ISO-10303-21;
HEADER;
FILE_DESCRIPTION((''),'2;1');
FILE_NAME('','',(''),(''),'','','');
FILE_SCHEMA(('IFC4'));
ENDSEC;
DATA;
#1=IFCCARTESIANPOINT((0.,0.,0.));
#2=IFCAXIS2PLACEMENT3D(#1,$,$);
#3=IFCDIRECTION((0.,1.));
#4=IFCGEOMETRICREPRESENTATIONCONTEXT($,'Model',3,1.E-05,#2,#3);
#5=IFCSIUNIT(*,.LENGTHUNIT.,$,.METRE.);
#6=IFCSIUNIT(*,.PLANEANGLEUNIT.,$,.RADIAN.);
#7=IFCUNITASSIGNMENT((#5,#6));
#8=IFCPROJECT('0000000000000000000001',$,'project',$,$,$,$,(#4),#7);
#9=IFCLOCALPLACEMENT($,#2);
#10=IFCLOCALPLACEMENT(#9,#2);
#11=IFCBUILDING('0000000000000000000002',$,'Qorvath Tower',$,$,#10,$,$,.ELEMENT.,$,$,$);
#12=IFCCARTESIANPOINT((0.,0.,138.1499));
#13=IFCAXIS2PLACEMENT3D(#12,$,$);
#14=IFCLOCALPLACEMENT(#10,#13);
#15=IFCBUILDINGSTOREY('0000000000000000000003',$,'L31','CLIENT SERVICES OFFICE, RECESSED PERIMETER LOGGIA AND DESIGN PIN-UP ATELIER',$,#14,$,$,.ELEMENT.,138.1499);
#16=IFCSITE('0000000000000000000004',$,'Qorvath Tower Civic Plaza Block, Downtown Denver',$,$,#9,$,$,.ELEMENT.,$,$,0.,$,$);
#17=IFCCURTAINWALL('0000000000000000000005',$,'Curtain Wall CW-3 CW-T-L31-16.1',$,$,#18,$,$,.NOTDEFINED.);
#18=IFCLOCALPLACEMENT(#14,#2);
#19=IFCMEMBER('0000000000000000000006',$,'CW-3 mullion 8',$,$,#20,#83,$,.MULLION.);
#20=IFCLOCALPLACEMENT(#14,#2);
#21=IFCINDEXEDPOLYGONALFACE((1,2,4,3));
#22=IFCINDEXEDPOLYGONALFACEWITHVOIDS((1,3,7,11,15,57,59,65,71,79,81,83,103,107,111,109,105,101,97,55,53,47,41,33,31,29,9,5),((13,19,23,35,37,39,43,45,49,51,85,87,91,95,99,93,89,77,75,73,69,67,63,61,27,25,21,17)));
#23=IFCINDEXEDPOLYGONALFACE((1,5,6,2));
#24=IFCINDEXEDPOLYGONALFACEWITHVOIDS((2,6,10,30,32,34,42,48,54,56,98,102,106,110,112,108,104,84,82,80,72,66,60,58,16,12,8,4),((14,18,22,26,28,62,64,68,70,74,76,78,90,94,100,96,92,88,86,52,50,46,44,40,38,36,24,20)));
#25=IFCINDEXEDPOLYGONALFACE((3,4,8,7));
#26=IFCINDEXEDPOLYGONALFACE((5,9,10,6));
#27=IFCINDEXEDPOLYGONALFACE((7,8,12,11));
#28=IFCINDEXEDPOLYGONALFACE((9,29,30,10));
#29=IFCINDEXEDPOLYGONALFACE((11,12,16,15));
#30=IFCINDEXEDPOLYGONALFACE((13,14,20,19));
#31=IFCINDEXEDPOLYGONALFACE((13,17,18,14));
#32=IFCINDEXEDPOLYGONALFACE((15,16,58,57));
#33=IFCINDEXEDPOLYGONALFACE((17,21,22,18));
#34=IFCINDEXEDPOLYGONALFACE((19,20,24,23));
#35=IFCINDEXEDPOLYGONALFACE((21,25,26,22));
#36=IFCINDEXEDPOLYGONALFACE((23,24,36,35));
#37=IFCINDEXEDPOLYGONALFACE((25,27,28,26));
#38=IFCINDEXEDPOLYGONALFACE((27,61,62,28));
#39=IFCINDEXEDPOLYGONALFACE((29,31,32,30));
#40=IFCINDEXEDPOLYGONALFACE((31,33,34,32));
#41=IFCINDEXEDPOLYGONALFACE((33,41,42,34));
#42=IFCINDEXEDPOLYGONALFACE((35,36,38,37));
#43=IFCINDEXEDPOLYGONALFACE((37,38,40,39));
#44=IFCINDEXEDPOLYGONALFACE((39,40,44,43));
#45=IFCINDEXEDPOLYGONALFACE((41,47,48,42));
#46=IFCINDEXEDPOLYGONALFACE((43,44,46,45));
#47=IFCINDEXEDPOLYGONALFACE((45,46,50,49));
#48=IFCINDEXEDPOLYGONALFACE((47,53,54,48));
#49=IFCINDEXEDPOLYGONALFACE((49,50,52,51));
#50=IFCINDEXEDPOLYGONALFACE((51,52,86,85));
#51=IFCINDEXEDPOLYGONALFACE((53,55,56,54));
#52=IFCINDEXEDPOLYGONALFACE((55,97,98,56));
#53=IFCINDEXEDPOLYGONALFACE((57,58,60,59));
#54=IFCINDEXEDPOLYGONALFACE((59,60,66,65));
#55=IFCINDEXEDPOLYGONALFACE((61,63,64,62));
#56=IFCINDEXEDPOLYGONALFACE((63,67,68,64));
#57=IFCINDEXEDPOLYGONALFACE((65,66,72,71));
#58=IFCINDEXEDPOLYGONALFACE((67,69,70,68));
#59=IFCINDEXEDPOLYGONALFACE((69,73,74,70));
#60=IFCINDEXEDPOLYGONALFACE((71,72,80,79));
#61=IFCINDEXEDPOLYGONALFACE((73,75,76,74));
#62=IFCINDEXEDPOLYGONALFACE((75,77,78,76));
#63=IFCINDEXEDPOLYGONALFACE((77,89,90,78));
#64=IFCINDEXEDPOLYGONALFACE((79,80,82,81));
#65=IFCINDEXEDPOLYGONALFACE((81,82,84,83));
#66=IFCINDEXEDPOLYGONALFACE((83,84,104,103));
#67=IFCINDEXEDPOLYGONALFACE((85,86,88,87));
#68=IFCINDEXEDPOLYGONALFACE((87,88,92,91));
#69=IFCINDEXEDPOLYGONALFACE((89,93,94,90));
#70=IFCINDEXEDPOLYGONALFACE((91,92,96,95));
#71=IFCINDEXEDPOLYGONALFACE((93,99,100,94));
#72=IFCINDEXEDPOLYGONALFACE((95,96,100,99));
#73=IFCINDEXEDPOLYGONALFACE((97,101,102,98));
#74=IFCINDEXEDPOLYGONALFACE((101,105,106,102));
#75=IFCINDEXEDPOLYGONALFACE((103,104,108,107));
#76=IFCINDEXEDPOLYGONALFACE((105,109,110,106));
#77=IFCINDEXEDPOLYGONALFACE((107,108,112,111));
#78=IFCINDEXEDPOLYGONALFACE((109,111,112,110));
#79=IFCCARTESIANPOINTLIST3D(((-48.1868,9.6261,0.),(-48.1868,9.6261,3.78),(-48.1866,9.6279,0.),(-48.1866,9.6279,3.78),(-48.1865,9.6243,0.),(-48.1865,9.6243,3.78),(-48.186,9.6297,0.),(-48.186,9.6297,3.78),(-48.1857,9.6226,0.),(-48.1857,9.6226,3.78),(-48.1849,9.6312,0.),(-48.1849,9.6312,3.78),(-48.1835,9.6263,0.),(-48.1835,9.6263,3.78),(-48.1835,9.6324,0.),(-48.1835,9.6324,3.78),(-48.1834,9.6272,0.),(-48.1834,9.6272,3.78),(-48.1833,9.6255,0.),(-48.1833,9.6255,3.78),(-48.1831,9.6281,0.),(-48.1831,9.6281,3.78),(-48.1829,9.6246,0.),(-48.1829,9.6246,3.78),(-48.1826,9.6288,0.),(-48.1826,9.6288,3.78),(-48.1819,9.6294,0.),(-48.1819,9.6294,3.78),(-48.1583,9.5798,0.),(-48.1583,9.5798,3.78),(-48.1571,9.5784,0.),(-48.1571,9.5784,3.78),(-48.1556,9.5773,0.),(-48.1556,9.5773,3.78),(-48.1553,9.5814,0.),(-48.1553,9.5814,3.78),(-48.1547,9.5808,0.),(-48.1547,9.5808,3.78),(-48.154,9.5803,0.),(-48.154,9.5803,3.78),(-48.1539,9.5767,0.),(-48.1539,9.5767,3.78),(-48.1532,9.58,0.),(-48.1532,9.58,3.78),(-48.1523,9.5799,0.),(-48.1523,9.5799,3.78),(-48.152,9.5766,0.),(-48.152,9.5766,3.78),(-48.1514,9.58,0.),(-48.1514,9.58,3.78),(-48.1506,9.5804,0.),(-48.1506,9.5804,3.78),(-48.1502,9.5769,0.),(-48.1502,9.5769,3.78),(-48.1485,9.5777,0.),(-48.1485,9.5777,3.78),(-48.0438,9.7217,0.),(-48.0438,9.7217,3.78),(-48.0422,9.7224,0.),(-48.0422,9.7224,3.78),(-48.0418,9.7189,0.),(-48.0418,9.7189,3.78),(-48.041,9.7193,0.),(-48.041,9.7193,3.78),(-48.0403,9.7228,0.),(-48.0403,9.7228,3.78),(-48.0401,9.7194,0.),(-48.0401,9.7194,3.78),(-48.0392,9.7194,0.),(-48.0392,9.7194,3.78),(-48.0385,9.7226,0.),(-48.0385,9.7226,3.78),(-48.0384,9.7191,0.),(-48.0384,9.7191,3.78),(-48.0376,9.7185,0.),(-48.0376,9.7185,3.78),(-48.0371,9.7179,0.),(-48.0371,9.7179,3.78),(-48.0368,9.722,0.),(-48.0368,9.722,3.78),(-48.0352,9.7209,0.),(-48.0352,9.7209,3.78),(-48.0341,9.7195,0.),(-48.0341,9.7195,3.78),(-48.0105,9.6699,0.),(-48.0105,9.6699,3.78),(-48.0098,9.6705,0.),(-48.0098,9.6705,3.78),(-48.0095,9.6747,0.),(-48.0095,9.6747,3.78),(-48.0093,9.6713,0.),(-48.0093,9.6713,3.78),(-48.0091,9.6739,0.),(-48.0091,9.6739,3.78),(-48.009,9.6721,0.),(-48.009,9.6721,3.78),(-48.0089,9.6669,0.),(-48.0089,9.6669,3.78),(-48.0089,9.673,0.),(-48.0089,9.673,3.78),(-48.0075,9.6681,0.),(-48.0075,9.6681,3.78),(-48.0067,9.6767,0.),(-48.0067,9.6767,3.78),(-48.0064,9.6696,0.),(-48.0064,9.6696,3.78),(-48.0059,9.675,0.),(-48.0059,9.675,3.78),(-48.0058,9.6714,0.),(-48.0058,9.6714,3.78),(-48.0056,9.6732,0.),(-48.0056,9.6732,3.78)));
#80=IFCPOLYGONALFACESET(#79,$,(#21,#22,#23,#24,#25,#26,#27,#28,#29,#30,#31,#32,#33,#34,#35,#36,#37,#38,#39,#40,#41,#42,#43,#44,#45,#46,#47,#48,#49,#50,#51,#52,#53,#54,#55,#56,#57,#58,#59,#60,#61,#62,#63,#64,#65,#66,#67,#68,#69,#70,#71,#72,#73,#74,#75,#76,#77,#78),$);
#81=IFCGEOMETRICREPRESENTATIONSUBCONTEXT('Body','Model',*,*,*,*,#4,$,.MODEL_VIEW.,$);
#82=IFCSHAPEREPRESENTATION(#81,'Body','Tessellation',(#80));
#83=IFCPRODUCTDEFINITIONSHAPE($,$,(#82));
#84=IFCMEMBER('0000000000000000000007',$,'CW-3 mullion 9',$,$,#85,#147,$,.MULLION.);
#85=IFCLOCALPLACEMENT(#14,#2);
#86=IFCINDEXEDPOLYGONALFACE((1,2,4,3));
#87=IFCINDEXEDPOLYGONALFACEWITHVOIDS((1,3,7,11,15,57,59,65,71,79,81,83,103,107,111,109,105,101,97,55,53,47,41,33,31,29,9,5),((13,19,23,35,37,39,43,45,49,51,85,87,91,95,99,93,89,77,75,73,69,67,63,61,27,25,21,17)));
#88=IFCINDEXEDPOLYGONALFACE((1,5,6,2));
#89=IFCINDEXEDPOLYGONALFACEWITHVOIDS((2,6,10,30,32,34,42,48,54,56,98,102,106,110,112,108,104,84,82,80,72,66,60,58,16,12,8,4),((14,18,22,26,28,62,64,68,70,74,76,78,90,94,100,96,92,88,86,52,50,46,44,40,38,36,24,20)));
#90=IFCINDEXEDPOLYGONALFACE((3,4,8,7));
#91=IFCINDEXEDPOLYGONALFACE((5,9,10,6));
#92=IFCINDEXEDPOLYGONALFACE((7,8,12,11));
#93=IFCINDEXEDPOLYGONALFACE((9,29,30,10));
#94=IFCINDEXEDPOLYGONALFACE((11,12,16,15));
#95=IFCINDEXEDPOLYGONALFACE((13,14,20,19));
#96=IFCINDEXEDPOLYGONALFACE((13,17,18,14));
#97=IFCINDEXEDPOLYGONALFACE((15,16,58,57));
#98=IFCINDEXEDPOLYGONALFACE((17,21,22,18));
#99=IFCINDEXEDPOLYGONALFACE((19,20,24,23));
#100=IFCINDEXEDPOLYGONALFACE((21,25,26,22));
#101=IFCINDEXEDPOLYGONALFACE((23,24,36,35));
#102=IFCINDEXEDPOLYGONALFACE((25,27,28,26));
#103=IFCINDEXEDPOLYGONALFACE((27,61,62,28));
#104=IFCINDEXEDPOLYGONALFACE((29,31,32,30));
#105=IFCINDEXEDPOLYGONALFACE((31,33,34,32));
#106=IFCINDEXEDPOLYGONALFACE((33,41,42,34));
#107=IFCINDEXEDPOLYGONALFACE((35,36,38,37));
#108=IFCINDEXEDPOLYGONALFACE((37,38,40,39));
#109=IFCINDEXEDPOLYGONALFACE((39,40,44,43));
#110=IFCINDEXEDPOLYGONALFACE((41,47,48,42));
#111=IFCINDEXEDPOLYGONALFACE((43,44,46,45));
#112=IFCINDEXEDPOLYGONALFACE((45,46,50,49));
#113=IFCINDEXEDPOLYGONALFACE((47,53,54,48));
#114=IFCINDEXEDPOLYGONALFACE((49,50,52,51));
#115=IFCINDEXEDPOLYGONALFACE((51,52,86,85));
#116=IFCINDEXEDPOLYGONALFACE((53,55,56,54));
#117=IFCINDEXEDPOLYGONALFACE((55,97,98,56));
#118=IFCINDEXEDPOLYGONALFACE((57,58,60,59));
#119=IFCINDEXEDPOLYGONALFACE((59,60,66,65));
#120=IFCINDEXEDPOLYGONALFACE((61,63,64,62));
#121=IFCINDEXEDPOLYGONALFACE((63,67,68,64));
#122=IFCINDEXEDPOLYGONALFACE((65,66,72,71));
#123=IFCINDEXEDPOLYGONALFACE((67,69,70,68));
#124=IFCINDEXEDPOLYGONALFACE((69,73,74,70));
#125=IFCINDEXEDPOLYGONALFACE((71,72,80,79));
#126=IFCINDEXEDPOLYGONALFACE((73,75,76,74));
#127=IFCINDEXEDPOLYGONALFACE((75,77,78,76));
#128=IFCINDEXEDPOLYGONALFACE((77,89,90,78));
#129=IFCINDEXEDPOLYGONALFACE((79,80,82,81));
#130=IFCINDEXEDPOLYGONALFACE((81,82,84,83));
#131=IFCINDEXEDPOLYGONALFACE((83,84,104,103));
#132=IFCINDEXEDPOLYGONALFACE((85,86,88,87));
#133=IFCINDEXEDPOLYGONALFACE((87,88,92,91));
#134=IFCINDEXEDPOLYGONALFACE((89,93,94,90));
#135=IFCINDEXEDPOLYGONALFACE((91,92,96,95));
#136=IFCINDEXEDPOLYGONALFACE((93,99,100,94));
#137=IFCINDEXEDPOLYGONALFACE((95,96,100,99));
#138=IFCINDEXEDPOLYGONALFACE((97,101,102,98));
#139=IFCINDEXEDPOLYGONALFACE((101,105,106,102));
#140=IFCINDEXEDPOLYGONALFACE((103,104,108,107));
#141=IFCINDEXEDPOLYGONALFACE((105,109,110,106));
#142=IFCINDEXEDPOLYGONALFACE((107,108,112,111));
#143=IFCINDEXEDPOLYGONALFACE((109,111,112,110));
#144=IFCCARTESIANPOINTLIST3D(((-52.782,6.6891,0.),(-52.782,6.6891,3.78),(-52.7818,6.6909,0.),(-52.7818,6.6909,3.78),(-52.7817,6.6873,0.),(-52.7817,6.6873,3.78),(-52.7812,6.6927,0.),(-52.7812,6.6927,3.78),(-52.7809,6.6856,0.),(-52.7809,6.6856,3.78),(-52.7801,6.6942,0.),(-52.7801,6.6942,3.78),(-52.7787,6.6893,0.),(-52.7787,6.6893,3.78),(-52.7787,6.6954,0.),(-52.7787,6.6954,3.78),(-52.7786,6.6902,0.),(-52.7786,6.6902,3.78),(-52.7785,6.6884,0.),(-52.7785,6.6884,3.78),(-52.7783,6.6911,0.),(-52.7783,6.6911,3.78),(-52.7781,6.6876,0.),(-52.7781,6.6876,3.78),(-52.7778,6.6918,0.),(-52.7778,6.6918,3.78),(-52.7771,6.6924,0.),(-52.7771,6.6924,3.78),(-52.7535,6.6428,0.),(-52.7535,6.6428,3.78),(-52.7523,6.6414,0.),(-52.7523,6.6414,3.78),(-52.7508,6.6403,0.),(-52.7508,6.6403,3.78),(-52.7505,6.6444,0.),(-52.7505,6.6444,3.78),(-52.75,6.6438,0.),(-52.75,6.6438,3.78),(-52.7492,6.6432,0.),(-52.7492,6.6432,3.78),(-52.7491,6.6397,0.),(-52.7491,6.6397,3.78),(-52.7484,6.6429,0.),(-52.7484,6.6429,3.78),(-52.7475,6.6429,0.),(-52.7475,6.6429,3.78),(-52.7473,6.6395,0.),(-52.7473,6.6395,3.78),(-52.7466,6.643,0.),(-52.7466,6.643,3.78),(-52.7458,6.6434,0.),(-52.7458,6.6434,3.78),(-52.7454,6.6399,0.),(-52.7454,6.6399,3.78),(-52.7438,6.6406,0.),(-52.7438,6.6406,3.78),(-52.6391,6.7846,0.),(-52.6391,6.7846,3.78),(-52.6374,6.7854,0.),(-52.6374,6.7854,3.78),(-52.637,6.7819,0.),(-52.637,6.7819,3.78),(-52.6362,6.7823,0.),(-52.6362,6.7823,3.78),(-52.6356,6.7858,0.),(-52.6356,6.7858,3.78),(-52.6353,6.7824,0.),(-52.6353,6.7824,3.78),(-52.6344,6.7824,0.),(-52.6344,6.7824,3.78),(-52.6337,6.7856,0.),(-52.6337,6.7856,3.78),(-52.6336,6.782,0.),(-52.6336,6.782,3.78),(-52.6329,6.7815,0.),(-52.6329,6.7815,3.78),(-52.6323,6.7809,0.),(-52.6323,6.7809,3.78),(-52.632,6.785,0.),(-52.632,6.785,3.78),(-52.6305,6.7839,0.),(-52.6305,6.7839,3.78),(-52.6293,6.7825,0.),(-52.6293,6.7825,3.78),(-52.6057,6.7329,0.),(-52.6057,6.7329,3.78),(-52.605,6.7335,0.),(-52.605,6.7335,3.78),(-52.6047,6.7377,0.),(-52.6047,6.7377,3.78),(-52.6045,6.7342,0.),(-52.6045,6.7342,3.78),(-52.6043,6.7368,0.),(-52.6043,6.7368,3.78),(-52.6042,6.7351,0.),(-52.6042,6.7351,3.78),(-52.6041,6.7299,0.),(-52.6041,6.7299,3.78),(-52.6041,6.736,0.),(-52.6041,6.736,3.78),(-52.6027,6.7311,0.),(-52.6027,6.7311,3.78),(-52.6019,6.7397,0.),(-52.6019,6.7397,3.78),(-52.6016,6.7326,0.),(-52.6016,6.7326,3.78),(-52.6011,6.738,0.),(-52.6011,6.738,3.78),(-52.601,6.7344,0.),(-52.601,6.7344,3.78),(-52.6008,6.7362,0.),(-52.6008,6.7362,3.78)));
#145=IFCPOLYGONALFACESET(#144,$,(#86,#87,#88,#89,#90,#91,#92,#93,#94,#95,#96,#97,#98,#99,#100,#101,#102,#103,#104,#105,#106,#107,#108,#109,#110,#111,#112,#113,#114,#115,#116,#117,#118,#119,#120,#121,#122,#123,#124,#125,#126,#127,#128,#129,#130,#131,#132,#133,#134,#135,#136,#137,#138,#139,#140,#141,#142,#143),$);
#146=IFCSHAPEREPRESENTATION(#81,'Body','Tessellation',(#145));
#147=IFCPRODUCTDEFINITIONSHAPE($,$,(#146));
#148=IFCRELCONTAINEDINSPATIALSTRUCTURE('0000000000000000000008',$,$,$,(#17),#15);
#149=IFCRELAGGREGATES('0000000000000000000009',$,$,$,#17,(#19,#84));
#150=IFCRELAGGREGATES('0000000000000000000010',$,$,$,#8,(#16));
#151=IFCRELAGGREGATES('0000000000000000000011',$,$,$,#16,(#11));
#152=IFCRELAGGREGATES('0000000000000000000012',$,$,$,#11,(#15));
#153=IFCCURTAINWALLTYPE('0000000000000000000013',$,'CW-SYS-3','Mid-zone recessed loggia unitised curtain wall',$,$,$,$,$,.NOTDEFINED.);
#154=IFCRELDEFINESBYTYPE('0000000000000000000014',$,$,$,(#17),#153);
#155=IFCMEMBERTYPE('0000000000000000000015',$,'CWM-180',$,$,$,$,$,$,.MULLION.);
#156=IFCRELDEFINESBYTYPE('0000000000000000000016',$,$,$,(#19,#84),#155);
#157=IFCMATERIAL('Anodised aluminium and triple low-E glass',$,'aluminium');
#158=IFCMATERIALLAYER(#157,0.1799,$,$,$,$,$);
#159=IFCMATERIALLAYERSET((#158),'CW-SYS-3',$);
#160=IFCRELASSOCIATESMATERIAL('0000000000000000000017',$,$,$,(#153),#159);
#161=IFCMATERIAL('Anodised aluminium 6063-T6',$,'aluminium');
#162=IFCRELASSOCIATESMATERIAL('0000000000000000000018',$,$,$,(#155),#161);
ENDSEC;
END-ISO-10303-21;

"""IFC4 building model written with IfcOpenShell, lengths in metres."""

from ifc_helpers import new_model, si_unit, direction, frame, origin, origin_2d, place, context, subcontext, project, spatial, hollow_rectangle, extrude, material, layer, layer_set, material_profile, profile_set, type_object, element, aggregate, save


model = new_model("IFC4")

# Units and contexts
model_context = context("Model", 3, precision=1e-05, world=origin(), true_north=direction((0.0, 1.0)))
body_context = subcontext(model_context, "Body", "Model", "MODEL_VIEW")
ifc_project = project(units=[si_unit("LENGTHUNIT", "METRE"), si_unit("PLANEANGLEUNIT", "RADIAN")], contexts=[model_context])

# Site, building, storey
site_placement = place(None, origin())
site = spatial("IfcSite", under=ifc_project, at=site_placement, Name="Qorvath Tower Civic Plaza Block, Downtown Denver", CompositionType="ELEMENT", RefElevation=0.0)
building_placement = place(site_placement, origin())
building = spatial("IfcBuilding", under=site, at=building_placement, Name="Qorvath Tower", CompositionType="ELEMENT")
storey_placement = place(building_placement, frame((0.0, 0.0, 138.1499)))
storey = spatial("IfcBuildingStorey", under=building, at=storey_placement, Name="L31", Description="CLIENT SERVICES OFFICE, RECESSED PERIMETER LOGGIA AND DESIGN PIN-UP ATELIER", CompositionType="ELEMENT", Elevation=138.1499)

# Curtain wall, members
ifc_material_1 = material(Name="Anodised aluminium and triple low-E glass", Category="aluminium")
ifc_layer_1 = layer(ifc_material_1, 0.1799)
ifc_layer_set_1 = layer_set([ifc_layer_1], Name="CW-SYS-3")
curtain_wall_type = type_object("IfcCurtainWallType", Name="CW-SYS-3", Description="Mid-zone recessed loggia unitised curtain wall", PredefinedType="NOTDEFINED", material=ifc_layer_set_1)
curtain_wall_placement = place(storey_placement, origin())
curtain_wall = element("IfcCurtainWall", 1, at=curtain_wall_placement, inside=storey, type_object=curtain_wall_type, Name="Curtain Wall CW-3 CW-T-L31-16.1", PredefinedType="NOTDEFINED")
ifc_material_2 = material(Name="Anodised aluminium 6063-T6", Category="aluminium")
ifc_material_profile_1 = material_profile(ifc_material_2, hollow_rectangle(XDim=0.0649, YDim=0.1799, WallThickness=0.0034, InnerFilletRadius=0.0034, OuterFilletRadius=0.0071, at=origin_2d()), Name="CWM 180x65")
ifc_profile_set_1 = profile_set([ifc_material_profile_1], Name="Anodised aluminium 6063-T6")
member_type_1 = type_object("IfcMemberType", Name="CWM-180", PredefinedType="MULLION", material=ifc_profile_set_1)
member_1_placement = place(storey_placement, frame((-48.0962, 9.6497, 0.0), z_axis=(0.0, 0.0, 1.0), x_axis=(0.538534, -0.842604, 0.0)))
member_1 = element("IfcMember", 2, at=member_1_placement, type_object=member_type_1, Name="CW-3 mullion 8", PredefinedType="MULLION", context=body_context, shape_type="SweptSolid", body=[
    extrude(hollow_rectangle(XDim=0.0649, YDim=0.1799, WallThickness=0.0034, InnerFilletRadius=0.0034, OuterFilletRadius=0.0071, at=origin_2d()), origin(), (0.0, 0.0, 1.0), 3.78),
])
member_2_placement = place(storey_placement, frame((-52.6914, 6.7126, 0.0), z_axis=(0.0, 0.0, 1.0), x_axis=(0.538534, -0.842604, 0.0)))
member_2 = element("IfcMember", 3, at=member_2_placement, type_object=member_type_1, Name="CW-3 mullion 9", PredefinedType="MULLION", context=body_context, shape_type="SweptSolid", body=[
    extrude(hollow_rectangle(XDim=0.0649, YDim=0.1799, WallThickness=0.0034, InnerFilletRadius=0.0034, OuterFilletRadius=0.0071, at=origin_2d()), origin(), (0.0, 0.0, 1.0), 3.78),
])

aggregate(curtain_wall, [member_1, member_2])

save(model, "model.ifc")
